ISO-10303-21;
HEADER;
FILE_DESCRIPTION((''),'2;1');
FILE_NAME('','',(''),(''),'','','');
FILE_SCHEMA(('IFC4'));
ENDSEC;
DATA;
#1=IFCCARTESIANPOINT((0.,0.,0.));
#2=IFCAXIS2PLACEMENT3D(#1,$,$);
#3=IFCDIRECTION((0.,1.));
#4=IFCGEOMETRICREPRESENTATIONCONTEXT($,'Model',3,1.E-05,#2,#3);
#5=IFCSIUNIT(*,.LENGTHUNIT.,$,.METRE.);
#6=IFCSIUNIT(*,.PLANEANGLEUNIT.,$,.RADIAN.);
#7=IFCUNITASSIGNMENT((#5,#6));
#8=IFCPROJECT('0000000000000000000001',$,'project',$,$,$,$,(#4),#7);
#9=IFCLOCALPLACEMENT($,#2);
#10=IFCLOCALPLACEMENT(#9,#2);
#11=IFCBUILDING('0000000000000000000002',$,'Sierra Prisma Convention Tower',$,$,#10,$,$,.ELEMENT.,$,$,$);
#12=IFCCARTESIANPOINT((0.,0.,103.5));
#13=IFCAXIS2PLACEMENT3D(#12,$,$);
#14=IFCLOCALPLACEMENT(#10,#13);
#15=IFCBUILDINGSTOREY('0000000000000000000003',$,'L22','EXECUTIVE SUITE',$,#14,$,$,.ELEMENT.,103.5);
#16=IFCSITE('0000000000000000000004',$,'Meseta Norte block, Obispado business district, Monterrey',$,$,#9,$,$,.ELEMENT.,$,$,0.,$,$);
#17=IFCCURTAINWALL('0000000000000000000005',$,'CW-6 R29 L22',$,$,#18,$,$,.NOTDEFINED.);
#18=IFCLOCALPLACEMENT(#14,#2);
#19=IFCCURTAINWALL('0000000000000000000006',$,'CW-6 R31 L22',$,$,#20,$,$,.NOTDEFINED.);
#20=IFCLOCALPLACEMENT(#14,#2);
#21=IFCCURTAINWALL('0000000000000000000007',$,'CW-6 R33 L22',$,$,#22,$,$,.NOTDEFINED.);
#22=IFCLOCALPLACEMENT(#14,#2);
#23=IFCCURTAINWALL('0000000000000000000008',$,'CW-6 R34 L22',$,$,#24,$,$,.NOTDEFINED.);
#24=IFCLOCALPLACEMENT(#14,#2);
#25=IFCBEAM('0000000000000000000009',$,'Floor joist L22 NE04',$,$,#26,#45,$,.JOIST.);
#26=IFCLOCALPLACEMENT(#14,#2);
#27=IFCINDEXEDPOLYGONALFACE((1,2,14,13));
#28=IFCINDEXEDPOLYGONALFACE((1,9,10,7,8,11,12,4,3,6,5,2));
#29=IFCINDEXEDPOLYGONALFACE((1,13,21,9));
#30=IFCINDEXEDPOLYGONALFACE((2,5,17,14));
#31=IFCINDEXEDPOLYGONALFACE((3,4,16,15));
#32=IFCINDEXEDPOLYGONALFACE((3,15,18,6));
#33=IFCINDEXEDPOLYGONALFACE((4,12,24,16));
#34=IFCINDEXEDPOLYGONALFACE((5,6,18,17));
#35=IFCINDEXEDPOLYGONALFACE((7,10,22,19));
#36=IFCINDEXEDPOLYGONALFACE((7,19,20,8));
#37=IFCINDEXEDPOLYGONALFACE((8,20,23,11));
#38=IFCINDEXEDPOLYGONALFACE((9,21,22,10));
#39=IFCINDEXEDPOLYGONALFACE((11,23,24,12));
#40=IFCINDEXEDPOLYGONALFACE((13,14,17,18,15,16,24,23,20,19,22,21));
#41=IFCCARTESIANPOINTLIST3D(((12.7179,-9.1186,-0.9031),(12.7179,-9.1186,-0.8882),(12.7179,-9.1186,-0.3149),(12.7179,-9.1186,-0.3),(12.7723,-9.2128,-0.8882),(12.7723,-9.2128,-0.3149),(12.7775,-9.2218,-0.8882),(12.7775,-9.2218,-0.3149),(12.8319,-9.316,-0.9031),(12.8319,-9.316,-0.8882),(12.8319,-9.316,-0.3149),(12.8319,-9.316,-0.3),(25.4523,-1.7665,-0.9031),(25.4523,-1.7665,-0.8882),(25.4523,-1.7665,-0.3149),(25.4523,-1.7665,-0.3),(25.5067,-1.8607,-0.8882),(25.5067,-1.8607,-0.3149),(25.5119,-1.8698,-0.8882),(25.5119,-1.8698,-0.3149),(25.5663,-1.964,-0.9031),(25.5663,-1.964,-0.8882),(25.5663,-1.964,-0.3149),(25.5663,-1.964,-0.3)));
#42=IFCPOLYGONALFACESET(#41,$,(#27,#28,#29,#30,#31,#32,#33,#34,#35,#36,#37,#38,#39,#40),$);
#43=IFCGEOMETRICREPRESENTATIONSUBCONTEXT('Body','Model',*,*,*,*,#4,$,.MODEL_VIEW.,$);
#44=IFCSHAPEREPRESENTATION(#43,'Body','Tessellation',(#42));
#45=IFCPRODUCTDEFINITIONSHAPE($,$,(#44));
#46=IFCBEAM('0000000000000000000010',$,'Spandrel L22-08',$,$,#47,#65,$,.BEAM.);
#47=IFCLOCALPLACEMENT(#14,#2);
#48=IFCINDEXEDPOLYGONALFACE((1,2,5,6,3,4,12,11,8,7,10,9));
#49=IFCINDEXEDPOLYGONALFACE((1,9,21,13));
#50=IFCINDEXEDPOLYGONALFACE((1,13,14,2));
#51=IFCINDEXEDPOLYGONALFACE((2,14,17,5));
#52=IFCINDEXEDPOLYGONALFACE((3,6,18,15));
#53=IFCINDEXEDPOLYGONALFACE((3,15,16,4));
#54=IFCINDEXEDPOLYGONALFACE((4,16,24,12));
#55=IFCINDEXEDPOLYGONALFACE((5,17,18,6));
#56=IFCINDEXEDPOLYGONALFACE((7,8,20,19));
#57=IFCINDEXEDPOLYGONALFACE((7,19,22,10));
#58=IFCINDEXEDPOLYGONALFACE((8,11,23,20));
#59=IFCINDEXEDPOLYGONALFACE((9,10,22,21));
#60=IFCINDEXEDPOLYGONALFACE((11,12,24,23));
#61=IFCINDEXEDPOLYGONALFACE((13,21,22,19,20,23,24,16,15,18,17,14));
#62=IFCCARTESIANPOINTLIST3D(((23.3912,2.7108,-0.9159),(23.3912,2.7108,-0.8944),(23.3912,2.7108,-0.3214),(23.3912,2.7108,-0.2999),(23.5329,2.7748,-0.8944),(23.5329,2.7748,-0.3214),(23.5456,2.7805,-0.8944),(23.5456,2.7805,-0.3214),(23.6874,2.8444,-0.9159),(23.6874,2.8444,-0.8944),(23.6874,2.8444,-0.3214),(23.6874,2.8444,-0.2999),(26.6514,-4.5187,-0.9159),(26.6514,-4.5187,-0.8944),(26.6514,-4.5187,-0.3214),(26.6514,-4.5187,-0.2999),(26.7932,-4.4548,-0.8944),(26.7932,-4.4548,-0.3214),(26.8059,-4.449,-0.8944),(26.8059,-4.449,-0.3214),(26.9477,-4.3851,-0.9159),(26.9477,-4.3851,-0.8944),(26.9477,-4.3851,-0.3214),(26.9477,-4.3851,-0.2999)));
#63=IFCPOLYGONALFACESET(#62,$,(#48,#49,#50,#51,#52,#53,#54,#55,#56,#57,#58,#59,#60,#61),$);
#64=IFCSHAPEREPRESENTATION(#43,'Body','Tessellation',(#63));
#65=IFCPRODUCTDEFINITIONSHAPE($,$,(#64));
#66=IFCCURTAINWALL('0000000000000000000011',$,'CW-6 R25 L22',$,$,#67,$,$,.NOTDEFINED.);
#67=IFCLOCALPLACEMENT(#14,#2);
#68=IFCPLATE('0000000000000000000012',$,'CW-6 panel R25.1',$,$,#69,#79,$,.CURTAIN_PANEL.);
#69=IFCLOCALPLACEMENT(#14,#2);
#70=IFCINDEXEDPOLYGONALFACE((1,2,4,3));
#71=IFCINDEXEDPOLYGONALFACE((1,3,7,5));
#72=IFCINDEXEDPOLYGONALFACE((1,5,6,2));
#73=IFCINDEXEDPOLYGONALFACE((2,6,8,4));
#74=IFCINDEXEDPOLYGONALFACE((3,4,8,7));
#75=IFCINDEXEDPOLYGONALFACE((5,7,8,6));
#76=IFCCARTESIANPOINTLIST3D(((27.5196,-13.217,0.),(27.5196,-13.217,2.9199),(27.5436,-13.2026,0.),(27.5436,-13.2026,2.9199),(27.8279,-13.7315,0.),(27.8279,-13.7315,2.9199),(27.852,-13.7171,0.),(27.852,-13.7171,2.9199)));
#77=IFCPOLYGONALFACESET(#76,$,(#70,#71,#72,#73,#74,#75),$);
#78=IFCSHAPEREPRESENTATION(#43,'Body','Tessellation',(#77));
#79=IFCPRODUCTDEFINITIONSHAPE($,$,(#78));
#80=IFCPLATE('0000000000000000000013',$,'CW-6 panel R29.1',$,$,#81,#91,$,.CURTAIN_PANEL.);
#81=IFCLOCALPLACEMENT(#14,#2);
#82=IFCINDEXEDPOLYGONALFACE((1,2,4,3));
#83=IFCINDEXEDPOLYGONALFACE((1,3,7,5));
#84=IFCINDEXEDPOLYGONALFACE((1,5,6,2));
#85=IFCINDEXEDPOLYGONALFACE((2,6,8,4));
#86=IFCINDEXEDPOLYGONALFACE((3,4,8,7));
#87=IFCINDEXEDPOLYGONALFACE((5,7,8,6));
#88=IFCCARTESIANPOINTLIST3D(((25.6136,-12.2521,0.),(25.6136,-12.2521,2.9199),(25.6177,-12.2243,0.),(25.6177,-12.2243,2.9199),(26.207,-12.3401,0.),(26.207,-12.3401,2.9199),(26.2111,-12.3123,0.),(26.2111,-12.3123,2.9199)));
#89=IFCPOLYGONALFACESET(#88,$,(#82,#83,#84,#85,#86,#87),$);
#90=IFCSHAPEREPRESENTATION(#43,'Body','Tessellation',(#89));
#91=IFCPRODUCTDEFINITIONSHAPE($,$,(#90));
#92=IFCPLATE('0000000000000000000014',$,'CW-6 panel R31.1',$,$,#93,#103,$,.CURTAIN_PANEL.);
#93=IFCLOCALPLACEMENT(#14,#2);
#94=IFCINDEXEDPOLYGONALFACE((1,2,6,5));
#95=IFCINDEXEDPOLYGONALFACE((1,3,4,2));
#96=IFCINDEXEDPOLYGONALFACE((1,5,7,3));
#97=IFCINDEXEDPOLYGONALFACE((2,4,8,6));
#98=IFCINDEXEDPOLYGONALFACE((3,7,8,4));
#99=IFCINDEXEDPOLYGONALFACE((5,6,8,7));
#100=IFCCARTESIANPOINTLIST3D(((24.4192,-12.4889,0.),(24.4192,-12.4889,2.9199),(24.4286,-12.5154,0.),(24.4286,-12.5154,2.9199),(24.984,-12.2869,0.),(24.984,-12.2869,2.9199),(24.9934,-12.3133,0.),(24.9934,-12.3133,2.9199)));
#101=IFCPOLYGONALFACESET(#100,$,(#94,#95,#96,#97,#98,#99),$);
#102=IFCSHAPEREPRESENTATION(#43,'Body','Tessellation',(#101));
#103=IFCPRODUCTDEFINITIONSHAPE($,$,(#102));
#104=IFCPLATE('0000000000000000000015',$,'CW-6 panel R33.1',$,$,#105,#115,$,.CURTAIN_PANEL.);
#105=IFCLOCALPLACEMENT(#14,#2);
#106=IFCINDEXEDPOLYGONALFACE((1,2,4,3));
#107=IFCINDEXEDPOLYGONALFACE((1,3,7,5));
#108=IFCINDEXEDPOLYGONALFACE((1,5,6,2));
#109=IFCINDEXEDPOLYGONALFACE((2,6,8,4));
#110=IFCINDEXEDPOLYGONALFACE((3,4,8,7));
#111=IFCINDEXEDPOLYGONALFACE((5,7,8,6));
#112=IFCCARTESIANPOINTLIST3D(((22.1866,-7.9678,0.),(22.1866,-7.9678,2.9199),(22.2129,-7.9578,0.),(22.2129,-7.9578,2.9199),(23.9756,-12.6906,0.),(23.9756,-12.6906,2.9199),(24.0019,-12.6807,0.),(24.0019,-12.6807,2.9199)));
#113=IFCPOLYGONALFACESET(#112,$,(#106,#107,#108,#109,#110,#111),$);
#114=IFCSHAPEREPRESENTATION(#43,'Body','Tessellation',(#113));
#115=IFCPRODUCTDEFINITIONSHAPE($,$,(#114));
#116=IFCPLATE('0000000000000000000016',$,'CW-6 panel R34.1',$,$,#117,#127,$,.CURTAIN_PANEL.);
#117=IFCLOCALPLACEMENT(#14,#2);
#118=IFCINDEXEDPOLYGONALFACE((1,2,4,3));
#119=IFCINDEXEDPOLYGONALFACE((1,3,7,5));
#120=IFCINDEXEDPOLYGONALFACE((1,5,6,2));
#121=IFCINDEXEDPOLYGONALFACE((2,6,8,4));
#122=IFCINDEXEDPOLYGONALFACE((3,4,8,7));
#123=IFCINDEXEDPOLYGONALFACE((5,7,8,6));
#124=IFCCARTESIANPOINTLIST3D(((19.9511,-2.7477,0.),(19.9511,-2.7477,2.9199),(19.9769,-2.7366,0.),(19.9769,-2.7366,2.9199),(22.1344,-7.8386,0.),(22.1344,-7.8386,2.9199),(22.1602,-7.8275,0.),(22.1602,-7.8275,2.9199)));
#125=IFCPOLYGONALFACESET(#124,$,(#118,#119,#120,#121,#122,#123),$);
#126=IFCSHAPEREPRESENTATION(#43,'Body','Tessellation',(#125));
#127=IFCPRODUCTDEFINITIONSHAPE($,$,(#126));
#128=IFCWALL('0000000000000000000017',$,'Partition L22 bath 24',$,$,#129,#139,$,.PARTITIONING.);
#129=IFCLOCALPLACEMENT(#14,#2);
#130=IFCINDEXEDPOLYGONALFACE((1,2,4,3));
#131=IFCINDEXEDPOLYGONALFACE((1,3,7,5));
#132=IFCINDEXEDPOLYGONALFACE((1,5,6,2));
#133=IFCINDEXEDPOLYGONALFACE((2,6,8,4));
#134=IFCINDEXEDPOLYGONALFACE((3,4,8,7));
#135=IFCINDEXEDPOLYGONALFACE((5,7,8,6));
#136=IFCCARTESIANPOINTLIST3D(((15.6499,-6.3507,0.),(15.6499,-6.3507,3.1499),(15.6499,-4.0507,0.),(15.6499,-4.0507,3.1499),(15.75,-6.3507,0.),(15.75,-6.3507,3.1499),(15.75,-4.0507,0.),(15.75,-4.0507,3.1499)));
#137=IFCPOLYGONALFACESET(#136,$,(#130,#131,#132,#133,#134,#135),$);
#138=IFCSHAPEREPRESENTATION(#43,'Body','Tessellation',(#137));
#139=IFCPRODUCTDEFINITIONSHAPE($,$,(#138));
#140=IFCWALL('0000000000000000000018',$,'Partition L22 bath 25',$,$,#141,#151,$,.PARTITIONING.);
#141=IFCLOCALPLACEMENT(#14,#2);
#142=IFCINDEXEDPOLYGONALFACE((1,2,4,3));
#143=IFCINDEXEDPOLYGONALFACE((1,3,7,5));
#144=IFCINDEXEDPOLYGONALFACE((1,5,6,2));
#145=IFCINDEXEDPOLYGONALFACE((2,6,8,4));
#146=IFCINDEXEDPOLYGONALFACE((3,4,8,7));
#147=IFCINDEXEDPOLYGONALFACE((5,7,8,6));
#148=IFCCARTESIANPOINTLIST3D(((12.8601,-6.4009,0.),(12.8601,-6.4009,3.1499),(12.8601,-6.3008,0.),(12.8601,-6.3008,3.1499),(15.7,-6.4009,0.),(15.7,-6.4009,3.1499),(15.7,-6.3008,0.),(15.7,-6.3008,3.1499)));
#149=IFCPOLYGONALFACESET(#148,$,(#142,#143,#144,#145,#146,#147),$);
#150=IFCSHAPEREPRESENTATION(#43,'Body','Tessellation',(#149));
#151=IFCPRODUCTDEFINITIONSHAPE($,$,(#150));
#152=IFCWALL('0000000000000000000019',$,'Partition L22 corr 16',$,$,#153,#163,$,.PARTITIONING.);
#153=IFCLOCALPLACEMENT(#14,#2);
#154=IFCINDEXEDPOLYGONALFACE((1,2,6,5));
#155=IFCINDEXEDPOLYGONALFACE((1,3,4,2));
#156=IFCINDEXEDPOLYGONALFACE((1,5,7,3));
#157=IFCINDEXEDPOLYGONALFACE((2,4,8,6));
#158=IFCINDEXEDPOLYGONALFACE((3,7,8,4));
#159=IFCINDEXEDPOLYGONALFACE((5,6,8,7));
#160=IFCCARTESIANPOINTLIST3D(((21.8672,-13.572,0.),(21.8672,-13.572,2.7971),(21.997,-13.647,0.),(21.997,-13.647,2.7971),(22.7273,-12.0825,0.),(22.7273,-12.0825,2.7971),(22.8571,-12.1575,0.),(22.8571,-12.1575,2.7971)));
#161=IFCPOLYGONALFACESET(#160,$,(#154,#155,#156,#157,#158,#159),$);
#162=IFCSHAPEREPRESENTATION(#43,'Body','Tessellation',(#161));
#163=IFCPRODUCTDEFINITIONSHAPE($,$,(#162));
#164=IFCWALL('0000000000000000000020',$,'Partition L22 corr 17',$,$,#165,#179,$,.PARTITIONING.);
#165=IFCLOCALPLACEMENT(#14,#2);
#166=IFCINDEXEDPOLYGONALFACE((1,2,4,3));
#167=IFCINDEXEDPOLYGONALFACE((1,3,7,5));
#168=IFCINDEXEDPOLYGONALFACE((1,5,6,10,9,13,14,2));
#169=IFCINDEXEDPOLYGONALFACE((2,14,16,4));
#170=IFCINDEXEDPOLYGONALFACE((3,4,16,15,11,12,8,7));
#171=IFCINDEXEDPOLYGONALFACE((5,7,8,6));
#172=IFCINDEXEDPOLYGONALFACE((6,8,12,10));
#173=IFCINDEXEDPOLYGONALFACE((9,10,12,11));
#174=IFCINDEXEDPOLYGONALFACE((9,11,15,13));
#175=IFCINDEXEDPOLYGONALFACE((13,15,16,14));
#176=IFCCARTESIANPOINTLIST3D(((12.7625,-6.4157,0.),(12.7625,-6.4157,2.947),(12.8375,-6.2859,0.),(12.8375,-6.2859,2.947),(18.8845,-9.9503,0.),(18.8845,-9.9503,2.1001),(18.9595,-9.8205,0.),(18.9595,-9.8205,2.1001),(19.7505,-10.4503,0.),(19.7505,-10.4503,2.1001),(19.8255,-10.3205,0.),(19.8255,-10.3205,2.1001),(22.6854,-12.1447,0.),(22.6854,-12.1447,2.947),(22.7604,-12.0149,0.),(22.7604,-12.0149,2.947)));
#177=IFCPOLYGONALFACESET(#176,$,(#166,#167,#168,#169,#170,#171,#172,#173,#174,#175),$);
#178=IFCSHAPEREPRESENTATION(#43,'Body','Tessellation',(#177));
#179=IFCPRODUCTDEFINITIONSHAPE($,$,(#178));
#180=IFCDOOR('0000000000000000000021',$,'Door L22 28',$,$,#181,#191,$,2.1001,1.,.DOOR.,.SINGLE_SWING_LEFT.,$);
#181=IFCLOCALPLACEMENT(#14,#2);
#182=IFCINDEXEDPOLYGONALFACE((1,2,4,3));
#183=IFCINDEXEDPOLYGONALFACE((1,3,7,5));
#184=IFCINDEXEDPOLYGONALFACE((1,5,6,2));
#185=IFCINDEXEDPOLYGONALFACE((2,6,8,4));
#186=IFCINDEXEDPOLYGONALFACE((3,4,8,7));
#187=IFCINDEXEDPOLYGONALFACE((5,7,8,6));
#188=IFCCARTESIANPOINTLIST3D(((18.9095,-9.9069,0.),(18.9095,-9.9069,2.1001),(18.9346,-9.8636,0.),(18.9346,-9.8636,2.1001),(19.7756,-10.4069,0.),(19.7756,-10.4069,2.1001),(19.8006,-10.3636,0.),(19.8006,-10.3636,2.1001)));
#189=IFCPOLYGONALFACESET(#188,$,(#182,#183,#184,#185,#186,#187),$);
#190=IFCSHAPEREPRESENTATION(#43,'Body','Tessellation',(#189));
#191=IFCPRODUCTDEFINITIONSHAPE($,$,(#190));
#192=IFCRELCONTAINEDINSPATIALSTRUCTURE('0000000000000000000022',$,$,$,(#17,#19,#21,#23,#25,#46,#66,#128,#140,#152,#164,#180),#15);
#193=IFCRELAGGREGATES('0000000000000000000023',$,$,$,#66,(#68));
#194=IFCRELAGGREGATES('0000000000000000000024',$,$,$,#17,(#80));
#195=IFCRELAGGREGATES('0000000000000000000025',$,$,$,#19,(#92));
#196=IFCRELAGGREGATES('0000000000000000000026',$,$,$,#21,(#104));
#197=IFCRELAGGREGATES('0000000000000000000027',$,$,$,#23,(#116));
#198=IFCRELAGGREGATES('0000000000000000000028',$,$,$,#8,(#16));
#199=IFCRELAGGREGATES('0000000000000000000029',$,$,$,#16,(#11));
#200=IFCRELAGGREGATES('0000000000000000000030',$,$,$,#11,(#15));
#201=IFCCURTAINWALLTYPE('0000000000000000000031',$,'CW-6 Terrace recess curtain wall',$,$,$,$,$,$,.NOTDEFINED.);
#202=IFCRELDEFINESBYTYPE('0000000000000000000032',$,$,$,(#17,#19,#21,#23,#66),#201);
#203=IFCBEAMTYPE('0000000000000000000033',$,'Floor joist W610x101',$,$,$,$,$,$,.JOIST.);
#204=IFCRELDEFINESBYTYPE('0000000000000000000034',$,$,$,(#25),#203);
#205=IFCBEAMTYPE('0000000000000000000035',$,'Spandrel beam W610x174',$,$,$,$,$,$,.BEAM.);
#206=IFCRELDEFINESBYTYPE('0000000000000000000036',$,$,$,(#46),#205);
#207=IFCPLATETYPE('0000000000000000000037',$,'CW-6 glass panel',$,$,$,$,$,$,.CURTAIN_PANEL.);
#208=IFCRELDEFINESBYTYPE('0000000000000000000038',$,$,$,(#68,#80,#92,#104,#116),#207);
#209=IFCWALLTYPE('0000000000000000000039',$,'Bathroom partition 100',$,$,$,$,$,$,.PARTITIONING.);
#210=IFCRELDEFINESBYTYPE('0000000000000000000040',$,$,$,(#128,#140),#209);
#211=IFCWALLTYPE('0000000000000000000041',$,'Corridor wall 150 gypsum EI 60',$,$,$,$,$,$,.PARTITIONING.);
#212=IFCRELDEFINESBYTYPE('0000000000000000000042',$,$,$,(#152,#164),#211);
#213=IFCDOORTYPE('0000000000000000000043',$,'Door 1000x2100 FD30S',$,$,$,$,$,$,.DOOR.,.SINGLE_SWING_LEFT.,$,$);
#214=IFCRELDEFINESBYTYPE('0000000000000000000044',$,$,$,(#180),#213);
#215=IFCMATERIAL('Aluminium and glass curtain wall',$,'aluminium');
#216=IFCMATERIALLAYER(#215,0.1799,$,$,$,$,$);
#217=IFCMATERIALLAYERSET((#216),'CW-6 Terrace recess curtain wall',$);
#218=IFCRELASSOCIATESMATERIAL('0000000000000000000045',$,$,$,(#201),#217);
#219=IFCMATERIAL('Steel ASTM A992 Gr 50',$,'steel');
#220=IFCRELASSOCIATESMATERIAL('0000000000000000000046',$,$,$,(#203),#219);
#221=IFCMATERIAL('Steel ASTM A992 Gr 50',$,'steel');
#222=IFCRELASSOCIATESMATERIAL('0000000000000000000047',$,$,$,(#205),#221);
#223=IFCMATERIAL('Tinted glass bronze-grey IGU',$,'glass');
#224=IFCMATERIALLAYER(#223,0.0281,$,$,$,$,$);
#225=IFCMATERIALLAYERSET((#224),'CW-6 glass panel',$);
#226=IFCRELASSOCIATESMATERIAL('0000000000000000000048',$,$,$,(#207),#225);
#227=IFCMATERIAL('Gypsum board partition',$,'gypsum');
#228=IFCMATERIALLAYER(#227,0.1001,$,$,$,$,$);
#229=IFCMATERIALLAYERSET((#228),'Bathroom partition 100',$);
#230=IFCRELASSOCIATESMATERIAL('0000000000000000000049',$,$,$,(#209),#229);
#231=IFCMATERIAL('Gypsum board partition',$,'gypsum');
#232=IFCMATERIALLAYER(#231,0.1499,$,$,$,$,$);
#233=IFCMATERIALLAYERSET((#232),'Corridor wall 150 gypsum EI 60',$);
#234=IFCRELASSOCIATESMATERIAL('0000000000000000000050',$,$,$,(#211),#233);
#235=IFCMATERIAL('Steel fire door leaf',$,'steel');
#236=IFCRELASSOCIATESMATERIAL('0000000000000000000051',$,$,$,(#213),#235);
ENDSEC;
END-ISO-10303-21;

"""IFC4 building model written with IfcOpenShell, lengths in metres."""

from ifc_helpers import new_model, si_unit, direction, frame, frame_2d, origin, origin_2d, place, context, subcontext, project, spatial, rectangle, i_section, extrude, material, layer, layer_set, material_profile, profile_set, type_object, element, fill, aggregate, save


model = new_model("IFC4")

# Units and contexts
model_context = context("Model", 3, precision=1e-05, world=origin(), true_north=direction((0.0, 1.0)))
body_context = subcontext(model_context, "Body", "Model", "MODEL_VIEW")
ifc_project = project(units=[si_unit("LENGTHUNIT", "METRE"), si_unit("PLANEANGLEUNIT", "RADIAN")], contexts=[model_context])

# Site, building, storey
site_placement = place(None, origin())
site = spatial("IfcSite", under=ifc_project, at=site_placement, Name="Meseta Norte block, Obispado business district, Monterrey", CompositionType="ELEMENT", RefElevation=0.0)
building_placement = place(site_placement, origin())
building = spatial("IfcBuilding", under=site, at=building_placement, Name="Sierra Prisma Convention Tower", CompositionType="ELEMENT")
storey_placement = place(building_placement, frame((0.0, 0.0, 103.5)))
storey = spatial("IfcBuildingStorey", under=building, at=storey_placement, Name="L22", Description="EXECUTIVE SUITE", CompositionType="ELEMENT", Elevation=103.5)

# Curtain walls
ifc_material_1 = material(Name="Aluminium and glass curtain wall", Category="aluminium")
ifc_layer_1 = layer(ifc_material_1, 0.1799)
ifc_layer_set_1 = layer_set([ifc_layer_1], Name="CW-6 Terrace recess curtain wall")
curtain_wall_type = type_object("IfcCurtainWallType", Name="CW-6 Terrace recess curtain wall", PredefinedType="NOTDEFINED", material=ifc_layer_set_1)
curtain_wall_1_placement = place(storey_placement, origin())
curtain_wall_1 = element("IfcCurtainWall", 1, at=curtain_wall_1_placement, inside=storey, type_object=curtain_wall_type, Name="CW-6 R29 L22", PredefinedType="NOTDEFINED")
curtain_wall_2_placement = place(storey_placement, origin())
curtain_wall_2 = element("IfcCurtainWall", 2, at=curtain_wall_2_placement, inside=storey, type_object=curtain_wall_type, Name="CW-6 R31 L22", PredefinedType="NOTDEFINED")
curtain_wall_3_placement = place(storey_placement, origin())
curtain_wall_3 = element("IfcCurtainWall", 3, at=curtain_wall_3_placement, inside=storey, type_object=curtain_wall_type, Name="CW-6 R33 L22", PredefinedType="NOTDEFINED")
curtain_wall_4_placement = place(storey_placement, origin())
curtain_wall_4 = element("IfcCurtainWall", 4, at=curtain_wall_4_placement, inside=storey, type_object=curtain_wall_type, Name="CW-6 R34 L22", PredefinedType="NOTDEFINED")

# Beams
ifc_material_2 = material(Name="Steel ASTM A992 Gr 50", Category="steel")
ifc_material_profile_1 = material_profile(ifc_material_2, i_section(OverallWidth=0.228, OverallDepth=0.603, WebThickness=0.0105, FlangeThickness=0.0149, at=origin_2d()), Name="W610x101")
ifc_profile_set_1 = profile_set([ifc_material_profile_1], Name="Steel ASTM A992 Gr 50")
beam_type_1 = type_object("IfcBeamType", Name="Floor joist W610x101", PredefinedType="JOIST", material=ifc_profile_set_1)
beam_1_placement = place(storey_placement, frame((25.5093, -1.8652, -0.6016), z_axis=(-0.86603, -0.499993, 0.0), x_axis=(0.499993, -0.86603, 0.0)))
element("IfcBeam", 5, at=beam_1_placement, inside=storey, type_object=beam_type_1, Name="Floor joist L22 NE04", PredefinedType="JOIST", context=body_context, shape_type="SweptSolid", body=[
    extrude(i_section(OverallWidth=0.228, OverallDepth=0.603, WebThickness=0.0105, FlangeThickness=0.0149, at=origin_2d()), origin(), (0.0, 0.0, 1.0), 14.7043),
])
ifc_material_3 = material(Name="Steel ASTM A992 Gr 50", Category="steel")
ifc_material_profile_2 = material_profile(ifc_material_3, i_section(OverallWidth=0.325, OverallDepth=0.616, WebThickness=0.0139, FlangeThickness=0.0215, at=origin_2d()), Name="W610x174")
ifc_profile_set_2 = profile_set([ifc_material_profile_2], Name="Steel ASTM A992 Gr 50")
beam_type_2 = type_object("IfcBeamType", Name="Spandrel beam W610x174", PredefinedType="BEAM", material=ifc_profile_set_2)
beam_2_placement = place(storey_placement, frame((26.7996, -4.4519, -0.6079), z_axis=(-0.411097, 0.911592, 0.0), x_axis=(-0.911592, -0.411097, 0.0)))
element("IfcBeam", 6, at=beam_2_placement, inside=storey, type_object=beam_type_2, Name="Spandrel L22-08", PredefinedType="BEAM", context=body_context, shape_type="SweptSolid", body=[
    extrude(i_section(OverallWidth=0.325, OverallDepth=0.616, WebThickness=0.0139, FlangeThickness=0.0215, at=origin_2d()), origin(), (0.0, 0.0, 1.0), 7.9307),
])

# Curtain wall, plate
curtain_wall_5_placement = place(storey_placement, origin())
curtain_wall_5 = element("IfcCurtainWall", 7, at=curtain_wall_5_placement, inside=storey, type_object=curtain_wall_type, Name="CW-6 R25 L22", PredefinedType="NOTDEFINED")
ifc_material_4 = material(Name="Tinted glass bronze-grey IGU", Category="glass")
ifc_layer_2 = layer(ifc_material_4, 0.0281)
ifc_layer_set_2 = layer_set([ifc_layer_2], Name="CW-6 glass panel")
plate_type = type_object("IfcPlateType", Name="CW-6 glass panel", PredefinedType="CURTAIN_PANEL", material=ifc_layer_set_2)
plate_1_placement = place(storey_placement, frame((27.6858, -13.467, 0.0), z_axis=(0.0, 0.0, 1.0), x_axis=(-0.514103, 0.857729, 0.0)))
plate_1 = element("IfcPlate", 8, at=plate_1_placement, type_object=plate_type, Name="CW-6 panel R25.1", PredefinedType="CURTAIN_PANEL", context=body_context, shape_type="SweptSolid", body=[
    extrude(rectangle(XDim=0.5999, YDim=0.0281, at=origin_2d()), origin(), (0.0, 0.0, 1.0), 2.9199),
])
aggregate(curtain_wall_5, [plate_1])

# Plates
plate_2_placement = place(storey_placement, frame((25.9124, -12.2822, 0.0), z_axis=(0.0, 0.0, 1.0), x_axis=(-0.989177, 0.14673, 0.0)))
plate_2 = element("IfcPlate", 9, at=plate_2_placement, type_object=plate_type, Name="CW-6 panel R29.1", PredefinedType="CURTAIN_PANEL", context=body_context, shape_type="SweptSolid", body=[
    extrude(rectangle(XDim=0.5999, YDim=0.0281, at=origin_2d()), origin(), (0.0, 0.0, 1.0), 2.9199),
])
aggregate(curtain_wall_1, [plate_2])
plate_3_placement = place(storey_placement, frame((24.7063, -12.4011, 0.0), z_axis=(0.0, 0.0, 1.0), x_axis=(-0.941544, -0.33689, 0.0)))
plate_3 = element("IfcPlate", 10, at=plate_3_placement, type_object=plate_type, Name="CW-6 panel R31.1", PredefinedType="CURTAIN_PANEL", context=body_context, shape_type="SweptSolid", body=[
    extrude(rectangle(XDim=0.5999, YDim=0.0281, at=origin_2d()), origin(), (0.0, 0.0, 1.0), 2.9199),
])
aggregate(curtain_wall_2, [plate_3])
plate_4_placement = place(storey_placement, frame((23.0942, -10.3242, 0.0), z_axis=(0.0, 0.0, 1.0), x_axis=(-0.354237, 0.935156, 0.0)))
plate_4 = element("IfcPlate", 11, at=plate_4_placement, type_object=plate_type, Name="CW-6 panel R33.1", PredefinedType="CURTAIN_PANEL", context=body_context, shape_type="SweptSolid", body=[
    extrude(rectangle(XDim=5.0503, YDim=0.0281, at=origin_2d()), origin(), (0.0, 0.0, 1.0), 2.9199),
])
aggregate(curtain_wall_3, [plate_4])
plate_5_placement = place(storey_placement, frame((21.0557, -5.2876, 0.0), z_axis=(0.0, 0.0, 1.0), x_axis=(-0.394137, 0.919052, 0.0)))
plate_5 = element("IfcPlate", 12, at=plate_5_placement, type_object=plate_type, Name="CW-6 panel R34.1", PredefinedType="CURTAIN_PANEL", context=body_context, shape_type="SweptSolid", body=[
    extrude(rectangle(XDim=5.5393, YDim=0.0281, at=origin_2d()), origin(), (0.0, 0.0, 1.0), 2.9199),
])
aggregate(curtain_wall_4, [plate_5])

# Walls
ifc_material_5 = material(Name="Gypsum board partition", Category="gypsum")
ifc_layer_3 = layer(ifc_material_5, 0.1001)
ifc_layer_set_3 = layer_set([ifc_layer_3], Name="Bathroom partition 100")
wall_type_1 = type_object("IfcWallType", Name="Bathroom partition 100", PredefinedType="PARTITIONING", material=ifc_layer_set_3)
wall_1_placement = place(storey_placement, frame((15.7, -4.0508, 0.0), z_axis=(0.0, 0.0, 1.0), x_axis=(0.0, -1.0, 0.0)))
element("IfcWall", 13, at=wall_1_placement, inside=storey, type_object=wall_type_1, Name="Partition L22 bath 24", PredefinedType="PARTITIONING", context=body_context, shape_type="SweptSolid", body=[
    extrude(rectangle(XDim=2.3, YDim=0.1001, at=frame_2d((1.1499, 0.0))), origin(), (0.0, 0.0, 1.0), 3.1499),
])
wall_2_placement = place(storey_placement, frame((15.7, -6.3508, 0.0), z_axis=(0.0, 0.0, 1.0), x_axis=(-1.0, 0.0, 0.0)))
element("IfcWall", 14, at=wall_2_placement, inside=storey, type_object=wall_type_1, Name="Partition L22 bath 25", PredefinedType="PARTITIONING", context=body_context, shape_type="SweptSolid", body=[
    extrude(rectangle(XDim=2.8398, YDim=0.1001, at=frame_2d((1.4199, 0.0))), origin(), (0.0, 0.0, 1.0), 3.1499),
])
ifc_material_6 = material(Name="Gypsum board partition", Category="gypsum")
ifc_layer_4 = layer(ifc_material_6, 0.1499)
ifc_layer_set_4 = layer_set([ifc_layer_4], Name="Corridor wall 150 gypsum EI 60")
wall_type_2 = type_object("IfcWallType", Name="Corridor wall 150 gypsum EI 60", PredefinedType="PARTITIONING", material=ifc_layer_set_4)
wall_3_placement = place(storey_placement, frame((21.9321, -13.6094, 0.0), z_axis=(0.0, 0.0, 1.0), x_axis=(0.500062, 0.865989, 0.0)))
element("IfcWall", 15, at=wall_3_placement, inside=storey, type_object=wall_type_2, Name="Partition L22 corr 16", PredefinedType="PARTITIONING", context=body_context, shape_type="SweptSolid", body=[
    extrude(rectangle(XDim=1.72, YDim=0.1499, at=frame_2d((0.8599, 0.0))), origin(), (0.0, 0.0, 1.0), 2.7971),
])

# Wall, opening, door
wall_4_placement = place(storey_placement, frame((22.7229, -12.0798, 0.0), z_axis=(0.0, 0.0, 1.0), x_axis=(-0.866024, 0.500003, 0.0)))
wall_4 = element("IfcWall", 16, at=wall_4_placement, inside=storey, type_object=wall_type_2, Name="Partition L22 corr 17", PredefinedType="PARTITIONING", context=body_context, shape_type="SweptSolid", body=[
    extrude(rectangle(XDim=11.458, YDim=0.1499, at=frame_2d((5.729, 0.0))), origin(), (0.0, 0.0, 1.0), 2.947),
])
opening_1_placement = place(wall_4_placement, frame((3.3889, 0.0, 0.0)))
opening_1 = element("IfcOpeningElement", 17, at=opening_1_placement, cuts=wall_4, PredefinedType="OPENING", context=body_context, shape_type="SweptSolid", body=[
    extrude(rectangle(XDim=1.0, YDim=2.1001, at=frame_2d((0.5, 1.05))), frame((0.0, 0.075, 0.0), z_axis=(0.0, -1.0, 0.0), x_axis=(1.0, 0.0, 0.0)), (0.0, 0.0, 1.0), 0.1499),
])
ifc_material_7 = material(Name="Steel fire door leaf", Category="steel")
door_type_1 = type_object("IfcDoorType", Name="Door 1000x2100 FD30S", OperationType="SINGLE_SWING_LEFT", PredefinedType="DOOR", material=ifc_material_7)
door_1_placement = place(opening_1_placement, origin())
door_1 = element("IfcDoor", 18, at=door_1_placement, inside=storey, type_object=door_type_1, Name="Door L22 28", OperationType="SINGLE_SWING_LEFT", OverallHeight=2.1001, OverallWidth=1.0, PredefinedType="DOOR", context=body_context, shape_type="SweptSolid", body=[
    extrude(rectangle(XDim=1.0, YDim=2.1001, at=frame_2d((0.5, 1.05))), frame((0.0, 0.0249, 0.0), z_axis=(0.0, -1.0, 0.0), x_axis=(1.0, 0.0, 0.0)), (0.0, 0.0, 1.0), 0.05),
])
fill(opening_1, door_1)

save(model, "model.ifc")
